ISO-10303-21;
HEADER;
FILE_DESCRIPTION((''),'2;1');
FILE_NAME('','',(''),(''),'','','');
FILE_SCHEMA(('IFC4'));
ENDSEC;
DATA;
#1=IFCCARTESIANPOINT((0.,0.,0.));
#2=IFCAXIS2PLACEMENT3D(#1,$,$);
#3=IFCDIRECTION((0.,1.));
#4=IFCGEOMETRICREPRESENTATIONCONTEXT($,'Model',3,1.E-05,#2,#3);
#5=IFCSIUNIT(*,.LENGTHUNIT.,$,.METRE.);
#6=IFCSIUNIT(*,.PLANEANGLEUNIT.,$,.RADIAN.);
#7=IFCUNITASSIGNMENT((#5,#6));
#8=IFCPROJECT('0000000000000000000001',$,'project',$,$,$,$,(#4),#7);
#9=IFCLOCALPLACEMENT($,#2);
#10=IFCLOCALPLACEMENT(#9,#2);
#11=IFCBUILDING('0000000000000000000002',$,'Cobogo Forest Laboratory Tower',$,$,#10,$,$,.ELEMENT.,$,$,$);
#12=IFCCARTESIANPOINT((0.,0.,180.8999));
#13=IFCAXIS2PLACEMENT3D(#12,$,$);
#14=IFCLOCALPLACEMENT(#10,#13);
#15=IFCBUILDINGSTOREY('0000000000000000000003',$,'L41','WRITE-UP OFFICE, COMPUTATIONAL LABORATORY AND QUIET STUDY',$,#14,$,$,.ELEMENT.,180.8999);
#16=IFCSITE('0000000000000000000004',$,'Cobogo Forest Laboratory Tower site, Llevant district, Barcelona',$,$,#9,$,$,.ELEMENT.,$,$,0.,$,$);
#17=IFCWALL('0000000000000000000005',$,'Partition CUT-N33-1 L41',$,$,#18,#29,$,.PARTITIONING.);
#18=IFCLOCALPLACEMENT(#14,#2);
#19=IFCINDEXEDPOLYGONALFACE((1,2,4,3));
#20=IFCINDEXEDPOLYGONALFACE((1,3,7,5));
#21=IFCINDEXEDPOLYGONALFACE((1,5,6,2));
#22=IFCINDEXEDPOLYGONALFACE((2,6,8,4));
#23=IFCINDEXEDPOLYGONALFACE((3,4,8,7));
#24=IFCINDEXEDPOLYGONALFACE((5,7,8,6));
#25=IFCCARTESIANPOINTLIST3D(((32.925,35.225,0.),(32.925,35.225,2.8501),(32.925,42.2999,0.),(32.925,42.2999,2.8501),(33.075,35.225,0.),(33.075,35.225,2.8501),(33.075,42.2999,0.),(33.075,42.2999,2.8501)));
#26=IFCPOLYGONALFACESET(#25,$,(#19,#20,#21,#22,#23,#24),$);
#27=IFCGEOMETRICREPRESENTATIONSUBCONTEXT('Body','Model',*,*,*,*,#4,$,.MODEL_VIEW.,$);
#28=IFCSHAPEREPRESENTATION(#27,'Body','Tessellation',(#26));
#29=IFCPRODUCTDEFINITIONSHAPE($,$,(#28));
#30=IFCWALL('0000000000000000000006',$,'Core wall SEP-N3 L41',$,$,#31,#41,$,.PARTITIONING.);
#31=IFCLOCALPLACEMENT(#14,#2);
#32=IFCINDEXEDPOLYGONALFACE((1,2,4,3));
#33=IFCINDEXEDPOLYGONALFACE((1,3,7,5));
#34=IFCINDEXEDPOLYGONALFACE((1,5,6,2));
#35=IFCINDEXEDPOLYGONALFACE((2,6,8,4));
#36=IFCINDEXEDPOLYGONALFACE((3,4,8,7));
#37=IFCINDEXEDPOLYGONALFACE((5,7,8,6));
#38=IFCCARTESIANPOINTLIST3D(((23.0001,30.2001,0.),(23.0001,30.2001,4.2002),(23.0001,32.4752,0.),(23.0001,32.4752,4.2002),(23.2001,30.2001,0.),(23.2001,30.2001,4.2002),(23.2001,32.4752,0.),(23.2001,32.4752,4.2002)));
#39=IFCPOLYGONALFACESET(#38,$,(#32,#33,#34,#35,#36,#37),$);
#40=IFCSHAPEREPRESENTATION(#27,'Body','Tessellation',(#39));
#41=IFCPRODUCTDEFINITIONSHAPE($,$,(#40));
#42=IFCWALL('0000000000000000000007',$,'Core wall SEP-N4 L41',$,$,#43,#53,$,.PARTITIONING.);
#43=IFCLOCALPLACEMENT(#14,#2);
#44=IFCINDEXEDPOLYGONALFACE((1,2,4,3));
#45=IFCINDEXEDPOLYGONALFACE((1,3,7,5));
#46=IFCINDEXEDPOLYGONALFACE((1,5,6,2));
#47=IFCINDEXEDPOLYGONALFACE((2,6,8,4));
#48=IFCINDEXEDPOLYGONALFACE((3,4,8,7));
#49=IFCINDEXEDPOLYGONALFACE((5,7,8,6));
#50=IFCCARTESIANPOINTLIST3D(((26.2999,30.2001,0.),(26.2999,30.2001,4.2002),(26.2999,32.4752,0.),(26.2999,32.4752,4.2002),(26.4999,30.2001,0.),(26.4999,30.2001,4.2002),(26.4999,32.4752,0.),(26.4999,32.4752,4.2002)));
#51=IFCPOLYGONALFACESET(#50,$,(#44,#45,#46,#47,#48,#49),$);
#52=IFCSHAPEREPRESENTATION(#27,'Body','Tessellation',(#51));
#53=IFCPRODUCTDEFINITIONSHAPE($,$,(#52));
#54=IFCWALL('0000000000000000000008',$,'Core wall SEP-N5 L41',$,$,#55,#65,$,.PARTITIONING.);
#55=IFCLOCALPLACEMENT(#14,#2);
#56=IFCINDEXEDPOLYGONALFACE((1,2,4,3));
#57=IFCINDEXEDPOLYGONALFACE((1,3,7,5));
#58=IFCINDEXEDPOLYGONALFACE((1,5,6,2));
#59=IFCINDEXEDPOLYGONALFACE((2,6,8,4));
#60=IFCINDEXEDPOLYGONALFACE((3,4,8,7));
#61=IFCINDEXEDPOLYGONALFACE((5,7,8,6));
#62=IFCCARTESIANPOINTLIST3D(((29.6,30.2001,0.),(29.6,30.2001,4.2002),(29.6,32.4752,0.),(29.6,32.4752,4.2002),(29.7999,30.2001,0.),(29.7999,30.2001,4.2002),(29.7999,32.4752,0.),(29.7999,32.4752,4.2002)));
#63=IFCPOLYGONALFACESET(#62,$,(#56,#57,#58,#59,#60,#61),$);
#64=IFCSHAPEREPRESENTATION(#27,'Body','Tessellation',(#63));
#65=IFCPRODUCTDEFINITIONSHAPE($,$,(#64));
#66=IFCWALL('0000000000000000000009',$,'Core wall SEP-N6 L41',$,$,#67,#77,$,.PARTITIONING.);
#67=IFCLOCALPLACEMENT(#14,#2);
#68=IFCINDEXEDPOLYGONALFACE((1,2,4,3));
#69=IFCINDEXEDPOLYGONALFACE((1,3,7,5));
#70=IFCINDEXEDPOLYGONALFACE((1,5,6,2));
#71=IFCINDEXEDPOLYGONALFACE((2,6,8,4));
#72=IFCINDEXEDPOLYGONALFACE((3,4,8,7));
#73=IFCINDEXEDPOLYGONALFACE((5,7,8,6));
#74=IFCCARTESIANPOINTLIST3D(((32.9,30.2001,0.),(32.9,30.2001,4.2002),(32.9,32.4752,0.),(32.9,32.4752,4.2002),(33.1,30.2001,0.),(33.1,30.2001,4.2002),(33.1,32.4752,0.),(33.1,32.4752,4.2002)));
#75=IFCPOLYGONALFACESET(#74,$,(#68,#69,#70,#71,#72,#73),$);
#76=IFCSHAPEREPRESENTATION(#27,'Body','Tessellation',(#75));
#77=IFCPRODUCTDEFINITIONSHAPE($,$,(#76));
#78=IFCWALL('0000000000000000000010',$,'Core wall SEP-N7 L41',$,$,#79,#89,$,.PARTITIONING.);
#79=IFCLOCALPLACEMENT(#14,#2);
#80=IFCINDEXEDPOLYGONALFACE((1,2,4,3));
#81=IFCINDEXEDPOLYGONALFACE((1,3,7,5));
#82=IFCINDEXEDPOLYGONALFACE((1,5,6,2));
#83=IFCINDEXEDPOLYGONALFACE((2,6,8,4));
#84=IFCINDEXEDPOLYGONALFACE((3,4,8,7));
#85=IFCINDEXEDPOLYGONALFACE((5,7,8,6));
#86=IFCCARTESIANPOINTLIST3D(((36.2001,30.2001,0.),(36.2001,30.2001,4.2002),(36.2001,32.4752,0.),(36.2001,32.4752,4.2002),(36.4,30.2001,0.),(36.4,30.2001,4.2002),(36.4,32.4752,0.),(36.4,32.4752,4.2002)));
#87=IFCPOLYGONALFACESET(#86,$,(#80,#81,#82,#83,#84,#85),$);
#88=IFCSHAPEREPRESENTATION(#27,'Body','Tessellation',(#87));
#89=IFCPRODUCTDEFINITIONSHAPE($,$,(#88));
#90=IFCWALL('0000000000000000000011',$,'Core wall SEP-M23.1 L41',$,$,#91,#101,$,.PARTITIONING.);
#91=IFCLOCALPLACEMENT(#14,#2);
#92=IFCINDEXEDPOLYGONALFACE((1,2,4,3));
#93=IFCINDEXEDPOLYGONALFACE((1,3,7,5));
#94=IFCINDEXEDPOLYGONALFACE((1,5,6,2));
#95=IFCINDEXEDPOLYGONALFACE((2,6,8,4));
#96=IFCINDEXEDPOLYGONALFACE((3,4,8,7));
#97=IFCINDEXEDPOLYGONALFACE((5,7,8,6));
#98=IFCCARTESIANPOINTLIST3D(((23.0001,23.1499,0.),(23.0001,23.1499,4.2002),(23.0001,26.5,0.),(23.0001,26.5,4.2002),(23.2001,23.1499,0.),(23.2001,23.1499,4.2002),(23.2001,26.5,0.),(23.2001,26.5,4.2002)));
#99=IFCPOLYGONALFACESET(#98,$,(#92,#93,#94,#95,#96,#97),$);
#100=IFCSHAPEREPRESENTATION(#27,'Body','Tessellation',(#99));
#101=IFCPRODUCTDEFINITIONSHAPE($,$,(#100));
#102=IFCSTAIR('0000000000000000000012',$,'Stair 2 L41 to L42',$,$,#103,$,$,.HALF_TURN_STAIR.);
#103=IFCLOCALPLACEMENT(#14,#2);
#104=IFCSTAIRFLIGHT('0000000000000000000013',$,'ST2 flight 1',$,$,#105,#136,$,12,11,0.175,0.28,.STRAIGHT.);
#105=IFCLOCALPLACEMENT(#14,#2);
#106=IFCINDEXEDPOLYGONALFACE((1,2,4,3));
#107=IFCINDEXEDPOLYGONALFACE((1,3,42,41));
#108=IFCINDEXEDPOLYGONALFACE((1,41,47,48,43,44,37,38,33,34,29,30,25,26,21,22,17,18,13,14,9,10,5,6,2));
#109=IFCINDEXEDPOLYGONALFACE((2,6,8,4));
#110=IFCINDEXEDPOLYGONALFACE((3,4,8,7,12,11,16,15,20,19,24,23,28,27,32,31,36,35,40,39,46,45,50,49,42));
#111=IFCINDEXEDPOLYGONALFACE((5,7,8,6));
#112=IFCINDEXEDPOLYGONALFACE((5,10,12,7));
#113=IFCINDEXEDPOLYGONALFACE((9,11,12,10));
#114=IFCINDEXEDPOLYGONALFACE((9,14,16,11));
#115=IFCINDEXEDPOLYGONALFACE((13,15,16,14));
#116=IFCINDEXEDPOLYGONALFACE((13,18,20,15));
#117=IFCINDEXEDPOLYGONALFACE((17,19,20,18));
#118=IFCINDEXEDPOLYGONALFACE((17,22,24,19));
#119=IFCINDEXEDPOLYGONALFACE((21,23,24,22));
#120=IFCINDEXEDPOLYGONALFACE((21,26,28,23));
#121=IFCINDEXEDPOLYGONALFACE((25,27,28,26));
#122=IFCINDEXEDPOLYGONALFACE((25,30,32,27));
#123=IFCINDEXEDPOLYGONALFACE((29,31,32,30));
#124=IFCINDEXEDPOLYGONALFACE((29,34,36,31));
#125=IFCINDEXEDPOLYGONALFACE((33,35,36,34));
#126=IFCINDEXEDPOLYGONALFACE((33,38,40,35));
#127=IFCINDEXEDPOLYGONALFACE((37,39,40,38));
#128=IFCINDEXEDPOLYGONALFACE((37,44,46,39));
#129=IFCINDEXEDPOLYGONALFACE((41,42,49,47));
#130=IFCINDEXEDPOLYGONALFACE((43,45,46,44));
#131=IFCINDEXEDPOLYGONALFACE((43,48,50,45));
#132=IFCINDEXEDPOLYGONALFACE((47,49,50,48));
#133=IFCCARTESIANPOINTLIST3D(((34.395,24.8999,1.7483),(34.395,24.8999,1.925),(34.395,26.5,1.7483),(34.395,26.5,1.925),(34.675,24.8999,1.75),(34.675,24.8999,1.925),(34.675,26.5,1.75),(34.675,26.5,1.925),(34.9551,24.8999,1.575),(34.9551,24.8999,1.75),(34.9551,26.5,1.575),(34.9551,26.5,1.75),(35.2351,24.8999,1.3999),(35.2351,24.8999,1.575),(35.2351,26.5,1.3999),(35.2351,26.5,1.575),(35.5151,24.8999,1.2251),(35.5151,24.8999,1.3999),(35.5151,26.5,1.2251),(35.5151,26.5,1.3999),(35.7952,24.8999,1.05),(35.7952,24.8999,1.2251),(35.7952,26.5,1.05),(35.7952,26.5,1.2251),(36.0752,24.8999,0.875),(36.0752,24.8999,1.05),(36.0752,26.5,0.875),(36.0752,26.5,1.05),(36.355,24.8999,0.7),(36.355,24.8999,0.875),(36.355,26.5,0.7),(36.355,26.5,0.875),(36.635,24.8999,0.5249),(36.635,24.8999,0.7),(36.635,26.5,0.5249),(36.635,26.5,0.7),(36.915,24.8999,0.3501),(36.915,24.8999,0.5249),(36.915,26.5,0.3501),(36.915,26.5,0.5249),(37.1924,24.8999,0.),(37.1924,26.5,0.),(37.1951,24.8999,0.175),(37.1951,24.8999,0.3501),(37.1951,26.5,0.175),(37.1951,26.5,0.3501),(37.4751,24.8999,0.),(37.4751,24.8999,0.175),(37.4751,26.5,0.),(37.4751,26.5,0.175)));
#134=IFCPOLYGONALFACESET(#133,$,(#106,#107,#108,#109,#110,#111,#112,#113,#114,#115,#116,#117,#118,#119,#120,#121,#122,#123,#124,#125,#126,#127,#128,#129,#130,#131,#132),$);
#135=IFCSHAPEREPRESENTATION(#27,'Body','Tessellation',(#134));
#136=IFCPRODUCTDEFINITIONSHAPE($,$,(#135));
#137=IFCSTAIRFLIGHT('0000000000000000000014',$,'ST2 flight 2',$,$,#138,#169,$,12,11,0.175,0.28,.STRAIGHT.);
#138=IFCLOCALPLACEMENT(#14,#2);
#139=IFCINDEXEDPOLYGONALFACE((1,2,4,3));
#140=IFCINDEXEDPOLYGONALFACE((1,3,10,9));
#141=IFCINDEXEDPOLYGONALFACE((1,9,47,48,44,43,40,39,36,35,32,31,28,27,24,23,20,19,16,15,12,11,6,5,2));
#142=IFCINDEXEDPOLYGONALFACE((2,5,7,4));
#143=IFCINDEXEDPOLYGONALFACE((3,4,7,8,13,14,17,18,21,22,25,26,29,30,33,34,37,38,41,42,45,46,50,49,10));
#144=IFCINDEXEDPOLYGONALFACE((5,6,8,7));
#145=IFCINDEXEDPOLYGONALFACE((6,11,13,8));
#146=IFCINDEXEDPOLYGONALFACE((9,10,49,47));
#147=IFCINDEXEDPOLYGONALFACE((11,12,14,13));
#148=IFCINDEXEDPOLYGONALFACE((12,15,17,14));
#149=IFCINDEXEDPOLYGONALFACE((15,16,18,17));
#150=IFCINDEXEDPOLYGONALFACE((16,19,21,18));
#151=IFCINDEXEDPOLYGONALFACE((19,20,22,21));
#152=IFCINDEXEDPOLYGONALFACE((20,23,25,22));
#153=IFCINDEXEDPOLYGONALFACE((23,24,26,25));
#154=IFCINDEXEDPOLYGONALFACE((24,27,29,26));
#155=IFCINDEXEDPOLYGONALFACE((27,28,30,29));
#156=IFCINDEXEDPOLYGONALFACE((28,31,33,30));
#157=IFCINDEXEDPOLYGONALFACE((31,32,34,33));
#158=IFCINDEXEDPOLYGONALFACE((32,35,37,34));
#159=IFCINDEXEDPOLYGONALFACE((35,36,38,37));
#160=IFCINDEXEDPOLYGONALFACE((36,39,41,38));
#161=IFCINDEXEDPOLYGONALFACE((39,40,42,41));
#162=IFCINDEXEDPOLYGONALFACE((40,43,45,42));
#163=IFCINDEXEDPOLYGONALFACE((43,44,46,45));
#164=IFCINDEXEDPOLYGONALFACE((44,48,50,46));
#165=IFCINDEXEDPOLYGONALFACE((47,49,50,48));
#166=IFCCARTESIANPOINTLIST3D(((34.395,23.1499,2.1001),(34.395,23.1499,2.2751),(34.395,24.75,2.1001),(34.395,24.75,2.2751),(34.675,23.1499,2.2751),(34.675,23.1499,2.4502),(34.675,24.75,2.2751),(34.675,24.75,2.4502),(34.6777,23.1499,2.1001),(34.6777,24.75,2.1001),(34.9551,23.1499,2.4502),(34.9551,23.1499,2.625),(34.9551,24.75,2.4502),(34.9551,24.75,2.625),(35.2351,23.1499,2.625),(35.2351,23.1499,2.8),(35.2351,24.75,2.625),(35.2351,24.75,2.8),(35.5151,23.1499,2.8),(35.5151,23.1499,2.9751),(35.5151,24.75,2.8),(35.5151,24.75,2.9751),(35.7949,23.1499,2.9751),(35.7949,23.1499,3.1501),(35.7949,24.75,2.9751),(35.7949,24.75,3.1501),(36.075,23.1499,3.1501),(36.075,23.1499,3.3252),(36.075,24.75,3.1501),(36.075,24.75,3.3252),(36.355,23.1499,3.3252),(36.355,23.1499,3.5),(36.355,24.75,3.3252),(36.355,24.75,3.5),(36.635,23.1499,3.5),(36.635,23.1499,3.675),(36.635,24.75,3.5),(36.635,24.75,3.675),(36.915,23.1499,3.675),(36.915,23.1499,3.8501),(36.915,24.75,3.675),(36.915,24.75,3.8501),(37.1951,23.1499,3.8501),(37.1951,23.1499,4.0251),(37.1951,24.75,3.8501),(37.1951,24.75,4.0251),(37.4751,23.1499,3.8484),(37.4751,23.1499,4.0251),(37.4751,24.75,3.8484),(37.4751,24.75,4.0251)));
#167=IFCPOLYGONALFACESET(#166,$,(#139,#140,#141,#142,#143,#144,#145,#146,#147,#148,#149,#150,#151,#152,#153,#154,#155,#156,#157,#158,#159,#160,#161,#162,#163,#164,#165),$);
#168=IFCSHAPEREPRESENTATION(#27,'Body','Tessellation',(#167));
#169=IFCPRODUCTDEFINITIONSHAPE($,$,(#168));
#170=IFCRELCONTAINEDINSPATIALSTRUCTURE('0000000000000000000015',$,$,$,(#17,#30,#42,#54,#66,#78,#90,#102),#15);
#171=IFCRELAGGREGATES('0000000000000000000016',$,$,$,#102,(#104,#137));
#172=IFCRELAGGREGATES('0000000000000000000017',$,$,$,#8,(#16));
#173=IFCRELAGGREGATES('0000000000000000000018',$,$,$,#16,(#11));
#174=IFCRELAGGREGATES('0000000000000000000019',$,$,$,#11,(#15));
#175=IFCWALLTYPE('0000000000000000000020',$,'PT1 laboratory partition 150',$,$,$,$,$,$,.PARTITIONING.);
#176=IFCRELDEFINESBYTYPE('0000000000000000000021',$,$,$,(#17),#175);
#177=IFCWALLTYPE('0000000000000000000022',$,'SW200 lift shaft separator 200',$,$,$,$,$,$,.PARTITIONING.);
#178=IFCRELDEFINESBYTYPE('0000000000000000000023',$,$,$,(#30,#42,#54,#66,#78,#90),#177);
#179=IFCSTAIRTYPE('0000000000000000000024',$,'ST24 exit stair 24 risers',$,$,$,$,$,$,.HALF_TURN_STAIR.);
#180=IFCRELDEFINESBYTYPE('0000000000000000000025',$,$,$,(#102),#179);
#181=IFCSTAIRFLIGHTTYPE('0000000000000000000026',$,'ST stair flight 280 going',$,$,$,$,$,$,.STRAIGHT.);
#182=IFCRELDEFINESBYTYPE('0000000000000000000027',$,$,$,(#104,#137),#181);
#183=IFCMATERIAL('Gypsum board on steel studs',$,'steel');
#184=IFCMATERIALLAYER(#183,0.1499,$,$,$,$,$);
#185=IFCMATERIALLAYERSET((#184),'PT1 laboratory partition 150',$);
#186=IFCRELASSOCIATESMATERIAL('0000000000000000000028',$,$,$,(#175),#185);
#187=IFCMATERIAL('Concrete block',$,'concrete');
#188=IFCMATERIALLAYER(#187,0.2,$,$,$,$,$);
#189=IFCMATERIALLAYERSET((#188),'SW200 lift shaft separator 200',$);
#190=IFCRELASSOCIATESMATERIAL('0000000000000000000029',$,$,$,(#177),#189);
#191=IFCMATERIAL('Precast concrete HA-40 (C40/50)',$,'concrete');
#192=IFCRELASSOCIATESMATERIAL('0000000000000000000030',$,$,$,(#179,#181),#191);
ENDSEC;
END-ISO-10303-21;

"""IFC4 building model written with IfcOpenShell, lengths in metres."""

from ifc_helpers import new_model, si_unit, direction, frame, frame_2d, origin, place, context, subcontext, project, spatial, polyline, rectangle, outline, extrude, material, layer, layer_set, type_object, element, aggregate, save


model = new_model("IFC4")

# Units and contexts
model_context = context("Model", 3, precision=1e-05, world=origin(), true_north=direction((0.0, 1.0)))
body_context = subcontext(model_context, "Body", "Model", "MODEL_VIEW")
ifc_project = project(units=[si_unit("LENGTHUNIT", "METRE"), si_unit("PLANEANGLEUNIT", "RADIAN")], contexts=[model_context])

# Site, building, storey
site_placement = place(None, origin())
site = spatial("IfcSite", under=ifc_project, at=site_placement, Name="Cobogo Forest Laboratory Tower site, Llevant district, Barcelona", CompositionType="ELEMENT", RefElevation=0.0)
building_placement = place(site_placement, origin())
building = spatial("IfcBuilding", under=site, at=building_placement, Name="Cobogo Forest Laboratory Tower", CompositionType="ELEMENT")
storey_placement = place(building_placement, frame((0.0, 0.0, 180.8999)))
storey = spatial("IfcBuildingStorey", under=building, at=storey_placement, Name="L41", Description="WRITE-UP OFFICE, COMPUTATIONAL LABORATORY AND QUIET STUDY", CompositionType="ELEMENT", Elevation=180.8999)

# Walls
ifc_material_1 = material(Name="Gypsum board on steel studs", Category="steel")
ifc_layer_1 = layer(ifc_material_1, 0.1499)
ifc_layer_set_1 = layer_set([ifc_layer_1], Name="PT1 laboratory partition 150")
wall_type_1 = type_object("IfcWallType", Name="PT1 laboratory partition 150", PredefinedType="PARTITIONING", material=ifc_layer_set_1)
wall_1_placement = place(storey_placement, frame((33.0, 42.3, 0.0), z_axis=(0.0, 0.0, 1.0), x_axis=(0.0, -1.0, 0.0)))
element("IfcWall", 1, at=wall_1_placement, inside=storey, type_object=wall_type_1, Name="Partition CUT-N33-1 L41", PredefinedType="PARTITIONING", context=body_context, shape_type="SweptSolid", body=[
    extrude(rectangle(XDim=7.075, YDim=0.1499, at=frame_2d((3.5376, 0.0))), origin(), (0.0, 0.0, 1.0), 2.8501),
])
ifc_material_2 = material(Name="Concrete block", Category="concrete")
ifc_layer_2 = layer(ifc_material_2, 0.2)
ifc_layer_set_2 = layer_set([ifc_layer_2], Name="SW200 lift shaft separator 200")
wall_type_2 = type_object("IfcWallType", Name="SW200 lift shaft separator 200", PredefinedType="PARTITIONING", material=ifc_layer_set_2)
for number, where, z_axis, x_axis, name in (
    (2, (23.1001, 30.2, 0.0), (0.0, 0.0, 1.0), (0.0, 1.0, 0.0), "Core wall SEP-N3 L41"),
    (3, (26.3999, 30.2, 0.0), (0.0, 0.0, 1.0), (0.0, 1.0, 0.0), "Core wall SEP-N4 L41"),
    (4, (29.7, 30.2, 0.0), (0.0, 0.0, 1.0), (0.0, 1.0, 0.0), "Core wall SEP-N5 L41"),
    (5, (33.0, 30.2, 0.0), (0.0, 0.0, 1.0), (0.0, 1.0, 0.0), "Core wall SEP-N6 L41"),
    (6, (36.3, 30.2, 0.0), (0.0, 0.0, 1.0), (0.0, 1.0, 0.0), "Core wall SEP-N7 L41"),
):
    element("IfcWall", number, at=place(storey_placement, frame(where, z_axis=z_axis, x_axis=x_axis)), inside=storey, type_object=wall_type_2, Name=name, PredefinedType="PARTITIONING", context=body_context, shape_type="SweptSolid", body=[
        extrude(rectangle(XDim=2.2751, YDim=0.2, at=frame_2d((1.1377, 0.0))), origin(), (0.0, 0.0, 1.0), 4.2002),
    ])
wall_2_placement = place(storey_placement, frame((23.1001, 23.1499, 0.0), z_axis=(0.0, 0.0, 1.0), x_axis=(0.0, 1.0, 0.0)))
element("IfcWall", 7, at=wall_2_placement, inside=storey, type_object=wall_type_2, Name="Core wall SEP-M23.1 L41", PredefinedType="PARTITIONING", context=body_context, shape_type="SweptSolid", body=[
    extrude(rectangle(XDim=3.3501, YDim=0.2, at=frame_2d((1.675, 0.0))), origin(), (0.0, 0.0, 1.0), 4.2002),
])

# Stair, stair flights
ifc_material_3 = material(Name="Precast concrete HA-40 (C40/50)", Category="concrete")
stair_type = type_object("IfcStairType", Name="ST24 exit stair 24 risers", PredefinedType="HALF_TURN_STAIR", material=ifc_material_3)
stair_placement = place(storey_placement, origin())
stair = element("IfcStair", 8, at=stair_placement, inside=storey, type_object=stair_type, Name="Stair 2 L41 to L42", PredefinedType="HALF_TURN_STAIR")
stair_flight_type = type_object("IfcStairFlightType", Name="ST stair flight 280 going", PredefinedType="STRAIGHT", material=ifc_material_3)
stair_flight_1_placement = place(storey_placement, frame((37.4751, 25.7, 0.0), z_axis=(0.0, 0.0, 1.0), x_axis=(-1.0, 0.0, 0.0)))
stair_flight_1 = element("IfcStairFlight", 9, at=stair_flight_1_placement, type_object=stair_flight_type, Name="ST2 flight 1", NumberOfRisers=12, NumberOfTreads=11, PredefinedType="STRAIGHT", RiserHeight=0.175, TreadLength=0.28, context=body_context, shape_type="SweptSolid", body=[
    extrude(outline(polyline([(0.0, 0.0), (0.0, 0.175), (0.28, 0.175), (0.28, 0.3501), (0.5601, 0.3501), (0.5601, 0.5249), (0.8401, 0.5249), (0.8401, 0.7), (1.1201, 0.7), (1.1201, 0.875), (1.3999, 0.875), (1.3999, 1.05), (1.6799, 1.05), (1.6799, 1.2251), (1.96, 1.2251), (1.96, 1.3999), (2.24, 1.3999), (2.24, 1.575), (2.52, 1.575), (2.52, 1.75), (2.8, 1.75), (2.8, 1.925), (3.0801, 1.925), (3.0801, 2.1001), (3.0801, 1.7483), (0.2827, 0.0), (0.0, 0.0)])), frame((0.0, 0.8, 0.0), z_axis=(0.0, -1.0, 0.0), x_axis=(1.0, 0.0, 0.0)), (0.0, 0.0, 1.0), 1.6001),
])
stair_flight_2_placement = place(storey_placement, frame((34.395, 23.95, 2.1001), z_axis=(0.0, 0.0, 1.0), x_axis=(1.0, 0.0, 0.0)))
stair_flight_2 = element("IfcStairFlight", 10, at=stair_flight_2_placement, type_object=stair_flight_type, Name="ST2 flight 2", NumberOfRisers=12, NumberOfTreads=11, PredefinedType="STRAIGHT", RiserHeight=0.175, TreadLength=0.28, context=body_context, shape_type="SweptSolid", body=[
    extrude(outline(polyline([(0.0, 0.0), (0.0, 0.175), (0.28, 0.175), (0.28, 0.3501), (0.5601, 0.3501), (0.5601, 0.5249), (0.8401, 0.5249), (0.8401, 0.7), (1.1201, 0.7), (1.1201, 0.875), (1.3999, 0.875), (1.3999, 1.05), (1.6799, 1.05), (1.6799, 1.2251), (1.96, 1.2251), (1.96, 1.3999), (2.24, 1.3999), (2.24, 1.575), (2.52, 1.575), (2.52, 1.75), (2.8, 1.75), (2.8, 1.925), (3.0801, 1.925), (3.0801, 2.1001), (3.0801, 1.7483), (0.2827, 0.0), (0.0, 0.0)])), frame((0.0, 0.8, 0.0), z_axis=(0.0, -1.0, 0.0), x_axis=(1.0, 0.0, 0.0)), (0.0, 0.0, 1.0), 1.6001),
])
aggregate(stair, [stair_flight_1, stair_flight_2])

save(model, "model.ifc")
